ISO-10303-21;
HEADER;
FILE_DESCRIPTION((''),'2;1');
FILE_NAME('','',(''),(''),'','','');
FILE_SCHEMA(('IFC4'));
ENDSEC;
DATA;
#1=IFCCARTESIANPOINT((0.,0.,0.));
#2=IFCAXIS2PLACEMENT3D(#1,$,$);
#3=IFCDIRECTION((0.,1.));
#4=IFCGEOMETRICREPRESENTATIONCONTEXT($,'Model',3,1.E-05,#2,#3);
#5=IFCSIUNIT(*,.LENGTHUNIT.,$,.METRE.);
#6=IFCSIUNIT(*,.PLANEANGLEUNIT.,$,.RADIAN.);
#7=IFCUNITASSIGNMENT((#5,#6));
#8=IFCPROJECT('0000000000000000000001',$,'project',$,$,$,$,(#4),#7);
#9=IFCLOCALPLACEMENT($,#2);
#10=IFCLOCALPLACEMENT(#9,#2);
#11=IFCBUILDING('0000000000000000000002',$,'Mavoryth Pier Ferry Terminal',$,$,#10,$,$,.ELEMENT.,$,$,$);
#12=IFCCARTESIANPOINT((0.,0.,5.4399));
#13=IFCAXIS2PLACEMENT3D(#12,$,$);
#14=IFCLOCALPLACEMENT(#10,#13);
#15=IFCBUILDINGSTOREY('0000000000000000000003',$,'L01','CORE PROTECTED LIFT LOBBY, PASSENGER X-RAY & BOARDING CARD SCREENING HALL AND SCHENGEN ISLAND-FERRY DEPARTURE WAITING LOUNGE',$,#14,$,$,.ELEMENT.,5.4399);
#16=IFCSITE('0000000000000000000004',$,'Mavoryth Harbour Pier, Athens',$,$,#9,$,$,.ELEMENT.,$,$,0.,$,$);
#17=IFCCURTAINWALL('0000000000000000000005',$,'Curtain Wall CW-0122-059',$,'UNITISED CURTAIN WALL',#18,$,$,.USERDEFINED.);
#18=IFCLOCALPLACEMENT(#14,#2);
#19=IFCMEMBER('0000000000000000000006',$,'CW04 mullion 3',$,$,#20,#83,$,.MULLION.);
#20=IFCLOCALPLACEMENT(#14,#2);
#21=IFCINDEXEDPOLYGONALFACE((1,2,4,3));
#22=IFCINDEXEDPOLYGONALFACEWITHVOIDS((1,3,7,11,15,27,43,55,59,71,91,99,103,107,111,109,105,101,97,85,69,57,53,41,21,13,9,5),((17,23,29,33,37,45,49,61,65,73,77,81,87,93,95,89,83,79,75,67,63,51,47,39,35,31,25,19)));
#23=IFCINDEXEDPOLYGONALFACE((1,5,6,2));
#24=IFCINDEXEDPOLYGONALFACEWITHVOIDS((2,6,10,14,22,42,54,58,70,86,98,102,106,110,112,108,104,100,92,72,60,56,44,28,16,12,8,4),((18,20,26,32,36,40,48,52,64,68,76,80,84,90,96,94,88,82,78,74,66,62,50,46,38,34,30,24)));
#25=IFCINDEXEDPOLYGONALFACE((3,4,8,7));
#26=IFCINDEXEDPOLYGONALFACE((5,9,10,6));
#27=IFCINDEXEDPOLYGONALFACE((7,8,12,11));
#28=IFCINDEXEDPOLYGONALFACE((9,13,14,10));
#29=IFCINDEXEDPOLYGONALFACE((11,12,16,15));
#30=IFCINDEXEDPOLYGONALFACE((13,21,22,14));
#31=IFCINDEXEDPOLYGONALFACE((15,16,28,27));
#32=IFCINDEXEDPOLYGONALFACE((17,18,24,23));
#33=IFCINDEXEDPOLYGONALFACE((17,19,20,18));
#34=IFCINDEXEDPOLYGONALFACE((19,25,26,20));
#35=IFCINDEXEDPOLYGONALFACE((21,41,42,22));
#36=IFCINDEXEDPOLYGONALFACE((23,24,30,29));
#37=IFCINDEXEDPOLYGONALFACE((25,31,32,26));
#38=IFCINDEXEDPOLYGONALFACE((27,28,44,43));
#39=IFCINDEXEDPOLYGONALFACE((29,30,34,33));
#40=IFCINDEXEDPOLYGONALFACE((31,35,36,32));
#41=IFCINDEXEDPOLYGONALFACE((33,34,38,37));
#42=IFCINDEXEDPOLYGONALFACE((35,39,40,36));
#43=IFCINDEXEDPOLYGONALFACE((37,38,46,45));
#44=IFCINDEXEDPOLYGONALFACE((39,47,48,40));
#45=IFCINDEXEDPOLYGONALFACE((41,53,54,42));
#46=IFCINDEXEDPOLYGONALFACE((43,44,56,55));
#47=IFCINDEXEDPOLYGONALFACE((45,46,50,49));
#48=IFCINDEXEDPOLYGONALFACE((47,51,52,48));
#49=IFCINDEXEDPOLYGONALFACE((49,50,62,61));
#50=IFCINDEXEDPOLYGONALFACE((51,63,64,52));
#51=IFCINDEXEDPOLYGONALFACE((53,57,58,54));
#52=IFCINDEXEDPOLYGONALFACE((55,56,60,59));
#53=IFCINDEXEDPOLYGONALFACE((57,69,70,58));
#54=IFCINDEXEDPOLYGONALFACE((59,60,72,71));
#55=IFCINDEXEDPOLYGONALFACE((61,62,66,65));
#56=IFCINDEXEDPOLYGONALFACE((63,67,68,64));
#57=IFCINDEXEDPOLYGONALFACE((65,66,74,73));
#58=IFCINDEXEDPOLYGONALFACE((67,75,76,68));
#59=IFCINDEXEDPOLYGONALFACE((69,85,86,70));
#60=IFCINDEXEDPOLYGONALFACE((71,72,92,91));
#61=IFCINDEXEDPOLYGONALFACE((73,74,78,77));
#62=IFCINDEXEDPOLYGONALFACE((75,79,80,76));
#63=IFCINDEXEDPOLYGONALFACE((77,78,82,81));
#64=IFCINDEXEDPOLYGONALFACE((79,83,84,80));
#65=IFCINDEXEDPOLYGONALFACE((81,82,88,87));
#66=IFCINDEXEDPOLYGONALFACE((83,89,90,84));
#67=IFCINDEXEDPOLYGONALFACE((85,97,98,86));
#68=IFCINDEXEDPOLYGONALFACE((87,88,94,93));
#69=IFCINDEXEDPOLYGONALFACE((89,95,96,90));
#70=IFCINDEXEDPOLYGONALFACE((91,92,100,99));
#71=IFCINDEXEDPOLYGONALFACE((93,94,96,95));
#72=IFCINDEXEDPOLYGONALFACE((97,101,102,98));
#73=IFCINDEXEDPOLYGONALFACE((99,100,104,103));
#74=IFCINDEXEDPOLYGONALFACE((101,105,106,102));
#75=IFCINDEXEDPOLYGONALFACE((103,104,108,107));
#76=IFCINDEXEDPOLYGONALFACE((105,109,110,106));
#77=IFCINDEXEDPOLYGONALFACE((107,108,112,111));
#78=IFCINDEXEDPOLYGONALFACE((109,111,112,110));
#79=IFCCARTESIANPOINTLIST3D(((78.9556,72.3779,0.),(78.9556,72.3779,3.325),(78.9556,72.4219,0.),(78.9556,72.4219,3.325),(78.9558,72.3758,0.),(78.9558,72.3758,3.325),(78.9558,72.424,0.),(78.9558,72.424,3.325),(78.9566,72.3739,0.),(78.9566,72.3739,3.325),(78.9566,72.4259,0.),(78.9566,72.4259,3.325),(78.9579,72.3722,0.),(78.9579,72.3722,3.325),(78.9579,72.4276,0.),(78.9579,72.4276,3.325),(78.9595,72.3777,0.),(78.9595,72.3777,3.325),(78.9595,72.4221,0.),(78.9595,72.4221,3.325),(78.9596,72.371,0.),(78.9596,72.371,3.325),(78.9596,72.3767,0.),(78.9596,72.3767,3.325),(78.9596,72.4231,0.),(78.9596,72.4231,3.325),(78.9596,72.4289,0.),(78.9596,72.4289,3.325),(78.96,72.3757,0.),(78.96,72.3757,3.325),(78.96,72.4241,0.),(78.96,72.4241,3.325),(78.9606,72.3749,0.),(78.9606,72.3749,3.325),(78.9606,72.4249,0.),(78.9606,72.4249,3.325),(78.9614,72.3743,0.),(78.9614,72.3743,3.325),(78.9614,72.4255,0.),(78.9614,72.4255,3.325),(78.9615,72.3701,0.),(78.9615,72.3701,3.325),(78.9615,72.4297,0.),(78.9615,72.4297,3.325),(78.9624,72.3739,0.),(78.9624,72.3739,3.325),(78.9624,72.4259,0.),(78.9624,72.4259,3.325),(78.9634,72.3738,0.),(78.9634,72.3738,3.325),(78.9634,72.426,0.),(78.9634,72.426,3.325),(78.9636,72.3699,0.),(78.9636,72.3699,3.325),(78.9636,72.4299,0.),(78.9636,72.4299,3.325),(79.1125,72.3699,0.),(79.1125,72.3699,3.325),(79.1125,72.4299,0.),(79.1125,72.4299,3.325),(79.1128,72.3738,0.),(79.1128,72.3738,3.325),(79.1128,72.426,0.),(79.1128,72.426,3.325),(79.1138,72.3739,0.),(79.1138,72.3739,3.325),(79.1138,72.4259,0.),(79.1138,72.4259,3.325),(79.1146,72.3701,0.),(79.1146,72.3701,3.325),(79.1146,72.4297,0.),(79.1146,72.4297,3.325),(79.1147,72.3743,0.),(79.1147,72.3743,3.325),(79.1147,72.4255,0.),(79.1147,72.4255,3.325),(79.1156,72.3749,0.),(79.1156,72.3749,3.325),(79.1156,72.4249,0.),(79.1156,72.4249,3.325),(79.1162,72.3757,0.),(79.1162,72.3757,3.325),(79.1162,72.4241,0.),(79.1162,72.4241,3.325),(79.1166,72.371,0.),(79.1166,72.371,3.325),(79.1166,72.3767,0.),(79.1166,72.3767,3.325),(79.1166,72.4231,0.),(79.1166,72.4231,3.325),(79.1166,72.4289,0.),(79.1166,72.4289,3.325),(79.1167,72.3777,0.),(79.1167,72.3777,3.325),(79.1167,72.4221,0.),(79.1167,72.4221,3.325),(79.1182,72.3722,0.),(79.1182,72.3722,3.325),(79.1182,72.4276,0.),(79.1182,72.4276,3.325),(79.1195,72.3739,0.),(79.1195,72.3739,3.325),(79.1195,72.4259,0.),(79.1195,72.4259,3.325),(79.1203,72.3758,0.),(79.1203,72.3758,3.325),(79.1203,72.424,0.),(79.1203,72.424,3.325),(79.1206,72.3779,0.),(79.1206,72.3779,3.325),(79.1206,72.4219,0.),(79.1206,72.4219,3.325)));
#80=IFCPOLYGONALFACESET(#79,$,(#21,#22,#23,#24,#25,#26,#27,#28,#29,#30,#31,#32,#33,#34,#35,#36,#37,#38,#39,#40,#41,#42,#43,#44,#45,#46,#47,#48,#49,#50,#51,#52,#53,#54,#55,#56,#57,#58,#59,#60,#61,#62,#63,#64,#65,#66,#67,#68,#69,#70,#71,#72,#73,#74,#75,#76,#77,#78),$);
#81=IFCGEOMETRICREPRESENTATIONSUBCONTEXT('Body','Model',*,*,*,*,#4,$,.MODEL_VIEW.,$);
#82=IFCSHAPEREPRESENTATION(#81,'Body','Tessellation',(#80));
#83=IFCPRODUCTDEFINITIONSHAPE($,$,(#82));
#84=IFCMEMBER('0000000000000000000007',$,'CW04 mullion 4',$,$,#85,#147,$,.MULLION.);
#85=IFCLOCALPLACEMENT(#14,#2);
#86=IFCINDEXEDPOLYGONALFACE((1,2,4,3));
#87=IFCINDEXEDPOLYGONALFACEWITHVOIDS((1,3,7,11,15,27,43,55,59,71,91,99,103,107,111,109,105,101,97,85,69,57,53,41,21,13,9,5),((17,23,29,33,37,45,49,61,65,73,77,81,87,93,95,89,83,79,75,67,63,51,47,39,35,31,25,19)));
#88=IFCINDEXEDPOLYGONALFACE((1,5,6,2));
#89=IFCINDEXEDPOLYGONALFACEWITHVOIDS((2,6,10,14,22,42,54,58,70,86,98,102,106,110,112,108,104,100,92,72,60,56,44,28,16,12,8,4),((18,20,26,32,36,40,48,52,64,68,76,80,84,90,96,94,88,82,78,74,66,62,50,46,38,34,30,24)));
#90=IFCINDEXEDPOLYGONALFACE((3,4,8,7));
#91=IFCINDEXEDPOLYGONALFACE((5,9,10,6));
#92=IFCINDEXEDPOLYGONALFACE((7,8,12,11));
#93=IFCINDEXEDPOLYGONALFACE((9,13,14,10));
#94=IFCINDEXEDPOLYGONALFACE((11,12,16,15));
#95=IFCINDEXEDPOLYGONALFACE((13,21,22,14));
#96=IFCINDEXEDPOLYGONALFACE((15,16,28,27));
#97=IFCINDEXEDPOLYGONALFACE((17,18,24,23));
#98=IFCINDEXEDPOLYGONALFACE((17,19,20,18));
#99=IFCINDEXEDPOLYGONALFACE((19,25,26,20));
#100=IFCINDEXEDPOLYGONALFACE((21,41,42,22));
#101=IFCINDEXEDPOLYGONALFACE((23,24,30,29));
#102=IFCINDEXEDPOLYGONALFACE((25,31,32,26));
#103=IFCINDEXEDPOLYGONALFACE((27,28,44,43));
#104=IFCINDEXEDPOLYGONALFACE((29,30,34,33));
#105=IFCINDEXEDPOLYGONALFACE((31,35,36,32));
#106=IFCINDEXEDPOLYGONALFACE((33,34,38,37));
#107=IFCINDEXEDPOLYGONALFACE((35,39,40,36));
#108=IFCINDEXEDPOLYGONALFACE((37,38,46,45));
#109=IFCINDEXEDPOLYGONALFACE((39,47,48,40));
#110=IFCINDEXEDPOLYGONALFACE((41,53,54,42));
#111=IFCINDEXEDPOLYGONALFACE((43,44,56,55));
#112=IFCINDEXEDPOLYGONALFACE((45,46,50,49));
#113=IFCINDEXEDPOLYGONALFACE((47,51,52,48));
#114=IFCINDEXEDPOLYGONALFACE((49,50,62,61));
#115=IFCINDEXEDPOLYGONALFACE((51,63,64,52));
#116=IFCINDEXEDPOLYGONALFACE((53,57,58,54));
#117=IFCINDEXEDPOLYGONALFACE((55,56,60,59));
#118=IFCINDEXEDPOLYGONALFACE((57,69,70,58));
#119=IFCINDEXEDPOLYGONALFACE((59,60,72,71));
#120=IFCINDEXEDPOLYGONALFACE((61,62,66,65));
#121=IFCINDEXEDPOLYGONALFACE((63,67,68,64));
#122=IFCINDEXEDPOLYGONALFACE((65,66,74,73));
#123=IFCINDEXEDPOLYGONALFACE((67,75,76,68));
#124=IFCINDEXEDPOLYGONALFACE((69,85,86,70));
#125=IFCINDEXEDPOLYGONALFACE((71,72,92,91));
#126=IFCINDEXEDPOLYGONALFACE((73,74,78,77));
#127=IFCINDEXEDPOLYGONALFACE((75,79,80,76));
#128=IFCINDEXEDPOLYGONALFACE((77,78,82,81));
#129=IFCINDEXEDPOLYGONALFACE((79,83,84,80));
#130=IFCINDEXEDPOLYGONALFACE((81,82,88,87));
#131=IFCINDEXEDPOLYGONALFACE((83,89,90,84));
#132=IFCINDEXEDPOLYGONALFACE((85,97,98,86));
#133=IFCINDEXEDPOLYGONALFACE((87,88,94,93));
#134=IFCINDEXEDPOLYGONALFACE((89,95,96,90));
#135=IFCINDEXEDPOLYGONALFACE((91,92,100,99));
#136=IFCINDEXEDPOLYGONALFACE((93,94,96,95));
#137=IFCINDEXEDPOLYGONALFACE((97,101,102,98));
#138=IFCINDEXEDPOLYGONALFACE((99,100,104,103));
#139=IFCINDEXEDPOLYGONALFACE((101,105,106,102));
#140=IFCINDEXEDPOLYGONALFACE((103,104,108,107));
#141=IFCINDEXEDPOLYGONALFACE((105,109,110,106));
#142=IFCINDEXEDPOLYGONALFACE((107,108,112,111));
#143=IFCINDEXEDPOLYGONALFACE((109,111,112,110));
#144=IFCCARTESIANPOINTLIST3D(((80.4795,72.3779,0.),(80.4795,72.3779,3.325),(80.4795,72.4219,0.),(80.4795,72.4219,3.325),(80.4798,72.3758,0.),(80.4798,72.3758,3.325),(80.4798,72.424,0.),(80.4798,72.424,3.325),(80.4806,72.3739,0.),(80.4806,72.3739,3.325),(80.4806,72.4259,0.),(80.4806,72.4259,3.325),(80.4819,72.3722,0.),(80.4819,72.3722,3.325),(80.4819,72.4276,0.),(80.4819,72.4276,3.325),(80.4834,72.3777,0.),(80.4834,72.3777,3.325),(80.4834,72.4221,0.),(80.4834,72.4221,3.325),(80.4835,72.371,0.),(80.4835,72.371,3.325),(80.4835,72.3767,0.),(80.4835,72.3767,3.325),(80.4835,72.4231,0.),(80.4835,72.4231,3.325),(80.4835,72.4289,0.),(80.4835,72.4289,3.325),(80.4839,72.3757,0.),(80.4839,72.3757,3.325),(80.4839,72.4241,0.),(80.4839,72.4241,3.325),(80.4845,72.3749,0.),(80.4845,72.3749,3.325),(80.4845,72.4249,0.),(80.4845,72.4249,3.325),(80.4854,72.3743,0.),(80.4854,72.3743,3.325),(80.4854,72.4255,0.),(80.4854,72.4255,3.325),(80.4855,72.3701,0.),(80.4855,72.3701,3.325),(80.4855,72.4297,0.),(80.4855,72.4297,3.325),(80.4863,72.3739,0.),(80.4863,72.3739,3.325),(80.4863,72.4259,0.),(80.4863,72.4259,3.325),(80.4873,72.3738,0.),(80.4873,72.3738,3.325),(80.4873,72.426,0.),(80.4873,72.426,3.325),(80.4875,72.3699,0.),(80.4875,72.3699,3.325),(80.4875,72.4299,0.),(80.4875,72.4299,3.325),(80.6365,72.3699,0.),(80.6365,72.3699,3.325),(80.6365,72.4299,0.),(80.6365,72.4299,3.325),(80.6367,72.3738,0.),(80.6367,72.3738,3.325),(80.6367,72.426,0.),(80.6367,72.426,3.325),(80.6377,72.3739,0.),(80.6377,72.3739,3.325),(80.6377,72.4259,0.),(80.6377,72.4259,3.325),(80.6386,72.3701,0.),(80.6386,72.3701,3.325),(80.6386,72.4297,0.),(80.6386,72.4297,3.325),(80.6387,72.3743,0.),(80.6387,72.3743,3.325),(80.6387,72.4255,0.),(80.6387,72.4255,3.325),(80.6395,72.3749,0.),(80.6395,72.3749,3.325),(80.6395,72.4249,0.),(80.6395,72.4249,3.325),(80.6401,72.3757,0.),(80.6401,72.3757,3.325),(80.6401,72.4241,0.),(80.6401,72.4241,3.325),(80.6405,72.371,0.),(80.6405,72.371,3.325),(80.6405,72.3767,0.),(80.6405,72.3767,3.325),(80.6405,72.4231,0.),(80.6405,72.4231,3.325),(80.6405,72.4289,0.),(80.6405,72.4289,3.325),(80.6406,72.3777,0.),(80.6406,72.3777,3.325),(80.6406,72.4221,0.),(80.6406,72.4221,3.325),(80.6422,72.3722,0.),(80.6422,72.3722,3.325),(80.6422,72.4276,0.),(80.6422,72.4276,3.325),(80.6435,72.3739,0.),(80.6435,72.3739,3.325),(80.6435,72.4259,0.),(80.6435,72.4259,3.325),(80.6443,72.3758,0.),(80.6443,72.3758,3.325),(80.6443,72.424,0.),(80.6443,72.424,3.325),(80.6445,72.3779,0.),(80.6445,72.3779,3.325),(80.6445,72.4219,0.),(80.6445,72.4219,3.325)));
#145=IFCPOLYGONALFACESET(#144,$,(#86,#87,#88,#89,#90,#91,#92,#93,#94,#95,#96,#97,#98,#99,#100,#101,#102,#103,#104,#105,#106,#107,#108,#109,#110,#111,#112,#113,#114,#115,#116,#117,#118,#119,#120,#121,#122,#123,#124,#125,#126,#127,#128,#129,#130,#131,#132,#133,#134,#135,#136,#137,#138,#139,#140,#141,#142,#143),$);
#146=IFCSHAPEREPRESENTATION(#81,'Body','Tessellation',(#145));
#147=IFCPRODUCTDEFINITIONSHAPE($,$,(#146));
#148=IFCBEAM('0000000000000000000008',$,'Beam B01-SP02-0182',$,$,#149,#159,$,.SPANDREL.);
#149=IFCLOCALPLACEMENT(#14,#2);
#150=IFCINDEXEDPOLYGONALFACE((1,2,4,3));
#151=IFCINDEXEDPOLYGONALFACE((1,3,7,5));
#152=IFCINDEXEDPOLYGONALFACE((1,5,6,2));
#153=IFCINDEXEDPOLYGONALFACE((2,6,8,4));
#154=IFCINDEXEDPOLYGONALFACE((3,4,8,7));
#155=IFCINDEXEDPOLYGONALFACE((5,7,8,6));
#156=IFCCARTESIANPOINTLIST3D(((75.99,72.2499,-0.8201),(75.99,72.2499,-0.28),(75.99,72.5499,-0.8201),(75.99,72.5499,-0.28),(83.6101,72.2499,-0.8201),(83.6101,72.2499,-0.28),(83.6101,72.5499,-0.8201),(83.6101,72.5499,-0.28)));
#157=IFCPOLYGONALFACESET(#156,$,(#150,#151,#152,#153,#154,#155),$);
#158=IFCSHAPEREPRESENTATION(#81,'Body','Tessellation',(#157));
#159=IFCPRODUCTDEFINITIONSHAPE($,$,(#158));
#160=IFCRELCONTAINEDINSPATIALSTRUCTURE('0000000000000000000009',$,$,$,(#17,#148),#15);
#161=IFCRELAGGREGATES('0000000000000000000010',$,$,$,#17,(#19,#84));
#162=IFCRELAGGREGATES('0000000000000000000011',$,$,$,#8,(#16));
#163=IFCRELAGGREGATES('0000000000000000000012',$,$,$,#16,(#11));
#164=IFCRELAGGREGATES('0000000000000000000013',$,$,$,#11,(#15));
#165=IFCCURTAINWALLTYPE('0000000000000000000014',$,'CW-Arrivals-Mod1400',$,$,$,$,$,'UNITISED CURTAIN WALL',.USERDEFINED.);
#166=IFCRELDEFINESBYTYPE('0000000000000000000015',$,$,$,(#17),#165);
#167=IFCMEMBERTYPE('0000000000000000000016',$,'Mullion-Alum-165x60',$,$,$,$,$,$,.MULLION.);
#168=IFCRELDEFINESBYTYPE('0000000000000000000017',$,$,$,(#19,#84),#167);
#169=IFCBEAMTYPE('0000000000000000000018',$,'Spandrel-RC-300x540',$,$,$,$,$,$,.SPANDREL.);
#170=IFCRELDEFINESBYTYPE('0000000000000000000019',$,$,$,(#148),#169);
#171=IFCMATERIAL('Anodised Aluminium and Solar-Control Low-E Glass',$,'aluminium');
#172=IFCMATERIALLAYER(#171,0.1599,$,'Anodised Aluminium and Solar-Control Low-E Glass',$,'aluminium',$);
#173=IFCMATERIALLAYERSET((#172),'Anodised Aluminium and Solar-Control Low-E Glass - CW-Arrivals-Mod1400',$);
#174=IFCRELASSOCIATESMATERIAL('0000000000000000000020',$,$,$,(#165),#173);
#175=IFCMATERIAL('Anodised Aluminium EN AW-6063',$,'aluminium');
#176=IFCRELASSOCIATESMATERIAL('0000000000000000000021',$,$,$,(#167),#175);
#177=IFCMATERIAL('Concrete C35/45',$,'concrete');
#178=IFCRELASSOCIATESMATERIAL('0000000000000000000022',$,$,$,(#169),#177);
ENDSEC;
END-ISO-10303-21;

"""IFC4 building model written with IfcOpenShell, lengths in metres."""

from ifc_helpers import new_model, si_unit, direction, frame, origin, origin_2d, place, context, subcontext, project, spatial, rectangle, hollow_rectangle, extrude, material, layer, layer_set, material_profile, profile_set, type_object, element, aggregate, save


model = new_model("IFC4")

# Units and contexts
model_context = context("Model", 3, precision=1e-05, world=origin(), true_north=direction((0.0, 1.0)))
body_context = subcontext(model_context, "Body", "Model", "MODEL_VIEW")
ifc_project = project(units=[si_unit("LENGTHUNIT", "METRE"), si_unit("PLANEANGLEUNIT", "RADIAN")], contexts=[model_context])

# Site, building, storey
site_placement = place(None, origin())
site = spatial("IfcSite", under=ifc_project, at=site_placement, Name="Mavoryth Harbour Pier, Athens", CompositionType="ELEMENT", RefElevation=0.0)
building_placement = place(site_placement, origin())
building = spatial("IfcBuilding", under=site, at=building_placement, Name="Mavoryth Pier Ferry Terminal", CompositionType="ELEMENT")
storey_placement = place(building_placement, frame((0.0, 0.0, 5.4399)))
storey = spatial("IfcBuildingStorey", under=building, at=storey_placement, Name="L01", Description="CORE PROTECTED LIFT LOBBY, PASSENGER X-RAY & BOARDING CARD SCREENING HALL AND SCHENGEN ISLAND-FERRY DEPARTURE WAITING LOUNGE", CompositionType="ELEMENT", Elevation=5.4399)

# Shared definitions
ifc_material_1 = material(Name="Concrete C35/45", Category="concrete")

# Shared definitions
ifc_material_2 = material(Name="Anodised Aluminium and Solar-Control Low-E Glass", Category="aluminium")
ifc_layer_1 = layer(ifc_material_2, 0.1599, Name="Anodised Aluminium and Solar-Control Low-E Glass", Category="aluminium")
ifc_layer_set_1 = layer_set([ifc_layer_1], Name="Anodised Aluminium and Solar-Control Low-E Glass - CW-Arrivals-Mod1400")
curtain_wall_type = type_object("IfcCurtainWallType", Name="CW-Arrivals-Mod1400", ElementType="UNITISED CURTAIN WALL", PredefinedType="USERDEFINED", material=ifc_layer_set_1)
ifc_material_3 = material(Name="Anodised Aluminium EN AW-6063", Category="aluminium")
ifc_material_profile_1 = material_profile(ifc_material_3, hollow_rectangle(XDim=0.0601, YDim=0.165, WallThickness=0.0039, InnerFilletRadius=0.0039, OuterFilletRadius=0.0081, at=origin_2d()), Name="AL-MULL 165x60x4", Category="aluminium")
ifc_profile_set_1 = profile_set([ifc_material_profile_1], Name="Anodised Aluminium EN AW-6063 - AL-MULL 165x60x4")
member_type_1 = type_object("IfcMemberType", Name="Mullion-Alum-165x60", PredefinedType="MULLION", material=ifc_profile_set_1)

# Curtain wall, members
curtain_wall_1_placement = place(storey_placement, origin())
curtain_wall_1 = element("IfcCurtainWall", 1, at=curtain_wall_1_placement, inside=storey, type_object=curtain_wall_type, Name="Curtain Wall CW-0122-059", ObjectType="UNITISED CURTAIN WALL", PredefinedType="USERDEFINED")
member_1_placement = place(storey_placement, frame((79.0381, 72.3999, 0.0), z_axis=(0.0, 0.0, 1.0), x_axis=(0.0, 1.0, 0.0)))
member_1 = element("IfcMember", 2, at=member_1_placement, type_object=member_type_1, Name="CW04 mullion 3", PredefinedType="MULLION", context=body_context, shape_type="SweptSolid", body=[
    extrude(hollow_rectangle(XDim=0.0601, YDim=0.165, WallThickness=0.0039, InnerFilletRadius=0.0039, OuterFilletRadius=0.0081, at=origin_2d()), origin(), (0.0, 0.0, 1.0), 3.325),
])
member_2_placement = place(storey_placement, frame((80.562, 72.3999, 0.0), z_axis=(0.0, 0.0, 1.0), x_axis=(0.0, 1.0, 0.0)))
member_2 = element("IfcMember", 3, at=member_2_placement, type_object=member_type_1, Name="CW04 mullion 4", PredefinedType="MULLION", context=body_context, shape_type="SweptSolid", body=[
    extrude(hollow_rectangle(XDim=0.0601, YDim=0.165, WallThickness=0.0039, InnerFilletRadius=0.0039, OuterFilletRadius=0.0081, at=origin_2d()), origin(), (0.0, 0.0, 1.0), 3.325),
])

# Beam
ifc_material_profile_2 = material_profile(ifc_material_1, rectangle(XDim=0.3, YDim=0.54, at=origin_2d()), Name="RC 300x540", Category="concrete")
ifc_profile_set_2 = profile_set([ifc_material_profile_2], Name="Concrete C35/45 - RC 300x540")
beam_type_1 = type_object("IfcBeamType", Name="Spandrel-RC-300x540", PredefinedType="SPANDREL", material=ifc_profile_set_2)
beam_placement = place(storey_placement, frame((75.99, 72.3999, -0.55), z_axis=(1.0, 0.0, 0.0), x_axis=(0.0, 1.0, 0.0)))
element("IfcBeam", 4, at=beam_placement, inside=storey, type_object=beam_type_1, Name="Beam B01-SP02-0182", PredefinedType="SPANDREL", context=body_context, shape_type="SweptSolid", body=[
    extrude(rectangle(XDim=0.3, YDim=0.54, at=origin_2d()), origin(), (0.0, 0.0, 1.0), 7.6201),
])

aggregate(curtain_wall_1, [member_1, member_2])

save(model, "model.ifc")
